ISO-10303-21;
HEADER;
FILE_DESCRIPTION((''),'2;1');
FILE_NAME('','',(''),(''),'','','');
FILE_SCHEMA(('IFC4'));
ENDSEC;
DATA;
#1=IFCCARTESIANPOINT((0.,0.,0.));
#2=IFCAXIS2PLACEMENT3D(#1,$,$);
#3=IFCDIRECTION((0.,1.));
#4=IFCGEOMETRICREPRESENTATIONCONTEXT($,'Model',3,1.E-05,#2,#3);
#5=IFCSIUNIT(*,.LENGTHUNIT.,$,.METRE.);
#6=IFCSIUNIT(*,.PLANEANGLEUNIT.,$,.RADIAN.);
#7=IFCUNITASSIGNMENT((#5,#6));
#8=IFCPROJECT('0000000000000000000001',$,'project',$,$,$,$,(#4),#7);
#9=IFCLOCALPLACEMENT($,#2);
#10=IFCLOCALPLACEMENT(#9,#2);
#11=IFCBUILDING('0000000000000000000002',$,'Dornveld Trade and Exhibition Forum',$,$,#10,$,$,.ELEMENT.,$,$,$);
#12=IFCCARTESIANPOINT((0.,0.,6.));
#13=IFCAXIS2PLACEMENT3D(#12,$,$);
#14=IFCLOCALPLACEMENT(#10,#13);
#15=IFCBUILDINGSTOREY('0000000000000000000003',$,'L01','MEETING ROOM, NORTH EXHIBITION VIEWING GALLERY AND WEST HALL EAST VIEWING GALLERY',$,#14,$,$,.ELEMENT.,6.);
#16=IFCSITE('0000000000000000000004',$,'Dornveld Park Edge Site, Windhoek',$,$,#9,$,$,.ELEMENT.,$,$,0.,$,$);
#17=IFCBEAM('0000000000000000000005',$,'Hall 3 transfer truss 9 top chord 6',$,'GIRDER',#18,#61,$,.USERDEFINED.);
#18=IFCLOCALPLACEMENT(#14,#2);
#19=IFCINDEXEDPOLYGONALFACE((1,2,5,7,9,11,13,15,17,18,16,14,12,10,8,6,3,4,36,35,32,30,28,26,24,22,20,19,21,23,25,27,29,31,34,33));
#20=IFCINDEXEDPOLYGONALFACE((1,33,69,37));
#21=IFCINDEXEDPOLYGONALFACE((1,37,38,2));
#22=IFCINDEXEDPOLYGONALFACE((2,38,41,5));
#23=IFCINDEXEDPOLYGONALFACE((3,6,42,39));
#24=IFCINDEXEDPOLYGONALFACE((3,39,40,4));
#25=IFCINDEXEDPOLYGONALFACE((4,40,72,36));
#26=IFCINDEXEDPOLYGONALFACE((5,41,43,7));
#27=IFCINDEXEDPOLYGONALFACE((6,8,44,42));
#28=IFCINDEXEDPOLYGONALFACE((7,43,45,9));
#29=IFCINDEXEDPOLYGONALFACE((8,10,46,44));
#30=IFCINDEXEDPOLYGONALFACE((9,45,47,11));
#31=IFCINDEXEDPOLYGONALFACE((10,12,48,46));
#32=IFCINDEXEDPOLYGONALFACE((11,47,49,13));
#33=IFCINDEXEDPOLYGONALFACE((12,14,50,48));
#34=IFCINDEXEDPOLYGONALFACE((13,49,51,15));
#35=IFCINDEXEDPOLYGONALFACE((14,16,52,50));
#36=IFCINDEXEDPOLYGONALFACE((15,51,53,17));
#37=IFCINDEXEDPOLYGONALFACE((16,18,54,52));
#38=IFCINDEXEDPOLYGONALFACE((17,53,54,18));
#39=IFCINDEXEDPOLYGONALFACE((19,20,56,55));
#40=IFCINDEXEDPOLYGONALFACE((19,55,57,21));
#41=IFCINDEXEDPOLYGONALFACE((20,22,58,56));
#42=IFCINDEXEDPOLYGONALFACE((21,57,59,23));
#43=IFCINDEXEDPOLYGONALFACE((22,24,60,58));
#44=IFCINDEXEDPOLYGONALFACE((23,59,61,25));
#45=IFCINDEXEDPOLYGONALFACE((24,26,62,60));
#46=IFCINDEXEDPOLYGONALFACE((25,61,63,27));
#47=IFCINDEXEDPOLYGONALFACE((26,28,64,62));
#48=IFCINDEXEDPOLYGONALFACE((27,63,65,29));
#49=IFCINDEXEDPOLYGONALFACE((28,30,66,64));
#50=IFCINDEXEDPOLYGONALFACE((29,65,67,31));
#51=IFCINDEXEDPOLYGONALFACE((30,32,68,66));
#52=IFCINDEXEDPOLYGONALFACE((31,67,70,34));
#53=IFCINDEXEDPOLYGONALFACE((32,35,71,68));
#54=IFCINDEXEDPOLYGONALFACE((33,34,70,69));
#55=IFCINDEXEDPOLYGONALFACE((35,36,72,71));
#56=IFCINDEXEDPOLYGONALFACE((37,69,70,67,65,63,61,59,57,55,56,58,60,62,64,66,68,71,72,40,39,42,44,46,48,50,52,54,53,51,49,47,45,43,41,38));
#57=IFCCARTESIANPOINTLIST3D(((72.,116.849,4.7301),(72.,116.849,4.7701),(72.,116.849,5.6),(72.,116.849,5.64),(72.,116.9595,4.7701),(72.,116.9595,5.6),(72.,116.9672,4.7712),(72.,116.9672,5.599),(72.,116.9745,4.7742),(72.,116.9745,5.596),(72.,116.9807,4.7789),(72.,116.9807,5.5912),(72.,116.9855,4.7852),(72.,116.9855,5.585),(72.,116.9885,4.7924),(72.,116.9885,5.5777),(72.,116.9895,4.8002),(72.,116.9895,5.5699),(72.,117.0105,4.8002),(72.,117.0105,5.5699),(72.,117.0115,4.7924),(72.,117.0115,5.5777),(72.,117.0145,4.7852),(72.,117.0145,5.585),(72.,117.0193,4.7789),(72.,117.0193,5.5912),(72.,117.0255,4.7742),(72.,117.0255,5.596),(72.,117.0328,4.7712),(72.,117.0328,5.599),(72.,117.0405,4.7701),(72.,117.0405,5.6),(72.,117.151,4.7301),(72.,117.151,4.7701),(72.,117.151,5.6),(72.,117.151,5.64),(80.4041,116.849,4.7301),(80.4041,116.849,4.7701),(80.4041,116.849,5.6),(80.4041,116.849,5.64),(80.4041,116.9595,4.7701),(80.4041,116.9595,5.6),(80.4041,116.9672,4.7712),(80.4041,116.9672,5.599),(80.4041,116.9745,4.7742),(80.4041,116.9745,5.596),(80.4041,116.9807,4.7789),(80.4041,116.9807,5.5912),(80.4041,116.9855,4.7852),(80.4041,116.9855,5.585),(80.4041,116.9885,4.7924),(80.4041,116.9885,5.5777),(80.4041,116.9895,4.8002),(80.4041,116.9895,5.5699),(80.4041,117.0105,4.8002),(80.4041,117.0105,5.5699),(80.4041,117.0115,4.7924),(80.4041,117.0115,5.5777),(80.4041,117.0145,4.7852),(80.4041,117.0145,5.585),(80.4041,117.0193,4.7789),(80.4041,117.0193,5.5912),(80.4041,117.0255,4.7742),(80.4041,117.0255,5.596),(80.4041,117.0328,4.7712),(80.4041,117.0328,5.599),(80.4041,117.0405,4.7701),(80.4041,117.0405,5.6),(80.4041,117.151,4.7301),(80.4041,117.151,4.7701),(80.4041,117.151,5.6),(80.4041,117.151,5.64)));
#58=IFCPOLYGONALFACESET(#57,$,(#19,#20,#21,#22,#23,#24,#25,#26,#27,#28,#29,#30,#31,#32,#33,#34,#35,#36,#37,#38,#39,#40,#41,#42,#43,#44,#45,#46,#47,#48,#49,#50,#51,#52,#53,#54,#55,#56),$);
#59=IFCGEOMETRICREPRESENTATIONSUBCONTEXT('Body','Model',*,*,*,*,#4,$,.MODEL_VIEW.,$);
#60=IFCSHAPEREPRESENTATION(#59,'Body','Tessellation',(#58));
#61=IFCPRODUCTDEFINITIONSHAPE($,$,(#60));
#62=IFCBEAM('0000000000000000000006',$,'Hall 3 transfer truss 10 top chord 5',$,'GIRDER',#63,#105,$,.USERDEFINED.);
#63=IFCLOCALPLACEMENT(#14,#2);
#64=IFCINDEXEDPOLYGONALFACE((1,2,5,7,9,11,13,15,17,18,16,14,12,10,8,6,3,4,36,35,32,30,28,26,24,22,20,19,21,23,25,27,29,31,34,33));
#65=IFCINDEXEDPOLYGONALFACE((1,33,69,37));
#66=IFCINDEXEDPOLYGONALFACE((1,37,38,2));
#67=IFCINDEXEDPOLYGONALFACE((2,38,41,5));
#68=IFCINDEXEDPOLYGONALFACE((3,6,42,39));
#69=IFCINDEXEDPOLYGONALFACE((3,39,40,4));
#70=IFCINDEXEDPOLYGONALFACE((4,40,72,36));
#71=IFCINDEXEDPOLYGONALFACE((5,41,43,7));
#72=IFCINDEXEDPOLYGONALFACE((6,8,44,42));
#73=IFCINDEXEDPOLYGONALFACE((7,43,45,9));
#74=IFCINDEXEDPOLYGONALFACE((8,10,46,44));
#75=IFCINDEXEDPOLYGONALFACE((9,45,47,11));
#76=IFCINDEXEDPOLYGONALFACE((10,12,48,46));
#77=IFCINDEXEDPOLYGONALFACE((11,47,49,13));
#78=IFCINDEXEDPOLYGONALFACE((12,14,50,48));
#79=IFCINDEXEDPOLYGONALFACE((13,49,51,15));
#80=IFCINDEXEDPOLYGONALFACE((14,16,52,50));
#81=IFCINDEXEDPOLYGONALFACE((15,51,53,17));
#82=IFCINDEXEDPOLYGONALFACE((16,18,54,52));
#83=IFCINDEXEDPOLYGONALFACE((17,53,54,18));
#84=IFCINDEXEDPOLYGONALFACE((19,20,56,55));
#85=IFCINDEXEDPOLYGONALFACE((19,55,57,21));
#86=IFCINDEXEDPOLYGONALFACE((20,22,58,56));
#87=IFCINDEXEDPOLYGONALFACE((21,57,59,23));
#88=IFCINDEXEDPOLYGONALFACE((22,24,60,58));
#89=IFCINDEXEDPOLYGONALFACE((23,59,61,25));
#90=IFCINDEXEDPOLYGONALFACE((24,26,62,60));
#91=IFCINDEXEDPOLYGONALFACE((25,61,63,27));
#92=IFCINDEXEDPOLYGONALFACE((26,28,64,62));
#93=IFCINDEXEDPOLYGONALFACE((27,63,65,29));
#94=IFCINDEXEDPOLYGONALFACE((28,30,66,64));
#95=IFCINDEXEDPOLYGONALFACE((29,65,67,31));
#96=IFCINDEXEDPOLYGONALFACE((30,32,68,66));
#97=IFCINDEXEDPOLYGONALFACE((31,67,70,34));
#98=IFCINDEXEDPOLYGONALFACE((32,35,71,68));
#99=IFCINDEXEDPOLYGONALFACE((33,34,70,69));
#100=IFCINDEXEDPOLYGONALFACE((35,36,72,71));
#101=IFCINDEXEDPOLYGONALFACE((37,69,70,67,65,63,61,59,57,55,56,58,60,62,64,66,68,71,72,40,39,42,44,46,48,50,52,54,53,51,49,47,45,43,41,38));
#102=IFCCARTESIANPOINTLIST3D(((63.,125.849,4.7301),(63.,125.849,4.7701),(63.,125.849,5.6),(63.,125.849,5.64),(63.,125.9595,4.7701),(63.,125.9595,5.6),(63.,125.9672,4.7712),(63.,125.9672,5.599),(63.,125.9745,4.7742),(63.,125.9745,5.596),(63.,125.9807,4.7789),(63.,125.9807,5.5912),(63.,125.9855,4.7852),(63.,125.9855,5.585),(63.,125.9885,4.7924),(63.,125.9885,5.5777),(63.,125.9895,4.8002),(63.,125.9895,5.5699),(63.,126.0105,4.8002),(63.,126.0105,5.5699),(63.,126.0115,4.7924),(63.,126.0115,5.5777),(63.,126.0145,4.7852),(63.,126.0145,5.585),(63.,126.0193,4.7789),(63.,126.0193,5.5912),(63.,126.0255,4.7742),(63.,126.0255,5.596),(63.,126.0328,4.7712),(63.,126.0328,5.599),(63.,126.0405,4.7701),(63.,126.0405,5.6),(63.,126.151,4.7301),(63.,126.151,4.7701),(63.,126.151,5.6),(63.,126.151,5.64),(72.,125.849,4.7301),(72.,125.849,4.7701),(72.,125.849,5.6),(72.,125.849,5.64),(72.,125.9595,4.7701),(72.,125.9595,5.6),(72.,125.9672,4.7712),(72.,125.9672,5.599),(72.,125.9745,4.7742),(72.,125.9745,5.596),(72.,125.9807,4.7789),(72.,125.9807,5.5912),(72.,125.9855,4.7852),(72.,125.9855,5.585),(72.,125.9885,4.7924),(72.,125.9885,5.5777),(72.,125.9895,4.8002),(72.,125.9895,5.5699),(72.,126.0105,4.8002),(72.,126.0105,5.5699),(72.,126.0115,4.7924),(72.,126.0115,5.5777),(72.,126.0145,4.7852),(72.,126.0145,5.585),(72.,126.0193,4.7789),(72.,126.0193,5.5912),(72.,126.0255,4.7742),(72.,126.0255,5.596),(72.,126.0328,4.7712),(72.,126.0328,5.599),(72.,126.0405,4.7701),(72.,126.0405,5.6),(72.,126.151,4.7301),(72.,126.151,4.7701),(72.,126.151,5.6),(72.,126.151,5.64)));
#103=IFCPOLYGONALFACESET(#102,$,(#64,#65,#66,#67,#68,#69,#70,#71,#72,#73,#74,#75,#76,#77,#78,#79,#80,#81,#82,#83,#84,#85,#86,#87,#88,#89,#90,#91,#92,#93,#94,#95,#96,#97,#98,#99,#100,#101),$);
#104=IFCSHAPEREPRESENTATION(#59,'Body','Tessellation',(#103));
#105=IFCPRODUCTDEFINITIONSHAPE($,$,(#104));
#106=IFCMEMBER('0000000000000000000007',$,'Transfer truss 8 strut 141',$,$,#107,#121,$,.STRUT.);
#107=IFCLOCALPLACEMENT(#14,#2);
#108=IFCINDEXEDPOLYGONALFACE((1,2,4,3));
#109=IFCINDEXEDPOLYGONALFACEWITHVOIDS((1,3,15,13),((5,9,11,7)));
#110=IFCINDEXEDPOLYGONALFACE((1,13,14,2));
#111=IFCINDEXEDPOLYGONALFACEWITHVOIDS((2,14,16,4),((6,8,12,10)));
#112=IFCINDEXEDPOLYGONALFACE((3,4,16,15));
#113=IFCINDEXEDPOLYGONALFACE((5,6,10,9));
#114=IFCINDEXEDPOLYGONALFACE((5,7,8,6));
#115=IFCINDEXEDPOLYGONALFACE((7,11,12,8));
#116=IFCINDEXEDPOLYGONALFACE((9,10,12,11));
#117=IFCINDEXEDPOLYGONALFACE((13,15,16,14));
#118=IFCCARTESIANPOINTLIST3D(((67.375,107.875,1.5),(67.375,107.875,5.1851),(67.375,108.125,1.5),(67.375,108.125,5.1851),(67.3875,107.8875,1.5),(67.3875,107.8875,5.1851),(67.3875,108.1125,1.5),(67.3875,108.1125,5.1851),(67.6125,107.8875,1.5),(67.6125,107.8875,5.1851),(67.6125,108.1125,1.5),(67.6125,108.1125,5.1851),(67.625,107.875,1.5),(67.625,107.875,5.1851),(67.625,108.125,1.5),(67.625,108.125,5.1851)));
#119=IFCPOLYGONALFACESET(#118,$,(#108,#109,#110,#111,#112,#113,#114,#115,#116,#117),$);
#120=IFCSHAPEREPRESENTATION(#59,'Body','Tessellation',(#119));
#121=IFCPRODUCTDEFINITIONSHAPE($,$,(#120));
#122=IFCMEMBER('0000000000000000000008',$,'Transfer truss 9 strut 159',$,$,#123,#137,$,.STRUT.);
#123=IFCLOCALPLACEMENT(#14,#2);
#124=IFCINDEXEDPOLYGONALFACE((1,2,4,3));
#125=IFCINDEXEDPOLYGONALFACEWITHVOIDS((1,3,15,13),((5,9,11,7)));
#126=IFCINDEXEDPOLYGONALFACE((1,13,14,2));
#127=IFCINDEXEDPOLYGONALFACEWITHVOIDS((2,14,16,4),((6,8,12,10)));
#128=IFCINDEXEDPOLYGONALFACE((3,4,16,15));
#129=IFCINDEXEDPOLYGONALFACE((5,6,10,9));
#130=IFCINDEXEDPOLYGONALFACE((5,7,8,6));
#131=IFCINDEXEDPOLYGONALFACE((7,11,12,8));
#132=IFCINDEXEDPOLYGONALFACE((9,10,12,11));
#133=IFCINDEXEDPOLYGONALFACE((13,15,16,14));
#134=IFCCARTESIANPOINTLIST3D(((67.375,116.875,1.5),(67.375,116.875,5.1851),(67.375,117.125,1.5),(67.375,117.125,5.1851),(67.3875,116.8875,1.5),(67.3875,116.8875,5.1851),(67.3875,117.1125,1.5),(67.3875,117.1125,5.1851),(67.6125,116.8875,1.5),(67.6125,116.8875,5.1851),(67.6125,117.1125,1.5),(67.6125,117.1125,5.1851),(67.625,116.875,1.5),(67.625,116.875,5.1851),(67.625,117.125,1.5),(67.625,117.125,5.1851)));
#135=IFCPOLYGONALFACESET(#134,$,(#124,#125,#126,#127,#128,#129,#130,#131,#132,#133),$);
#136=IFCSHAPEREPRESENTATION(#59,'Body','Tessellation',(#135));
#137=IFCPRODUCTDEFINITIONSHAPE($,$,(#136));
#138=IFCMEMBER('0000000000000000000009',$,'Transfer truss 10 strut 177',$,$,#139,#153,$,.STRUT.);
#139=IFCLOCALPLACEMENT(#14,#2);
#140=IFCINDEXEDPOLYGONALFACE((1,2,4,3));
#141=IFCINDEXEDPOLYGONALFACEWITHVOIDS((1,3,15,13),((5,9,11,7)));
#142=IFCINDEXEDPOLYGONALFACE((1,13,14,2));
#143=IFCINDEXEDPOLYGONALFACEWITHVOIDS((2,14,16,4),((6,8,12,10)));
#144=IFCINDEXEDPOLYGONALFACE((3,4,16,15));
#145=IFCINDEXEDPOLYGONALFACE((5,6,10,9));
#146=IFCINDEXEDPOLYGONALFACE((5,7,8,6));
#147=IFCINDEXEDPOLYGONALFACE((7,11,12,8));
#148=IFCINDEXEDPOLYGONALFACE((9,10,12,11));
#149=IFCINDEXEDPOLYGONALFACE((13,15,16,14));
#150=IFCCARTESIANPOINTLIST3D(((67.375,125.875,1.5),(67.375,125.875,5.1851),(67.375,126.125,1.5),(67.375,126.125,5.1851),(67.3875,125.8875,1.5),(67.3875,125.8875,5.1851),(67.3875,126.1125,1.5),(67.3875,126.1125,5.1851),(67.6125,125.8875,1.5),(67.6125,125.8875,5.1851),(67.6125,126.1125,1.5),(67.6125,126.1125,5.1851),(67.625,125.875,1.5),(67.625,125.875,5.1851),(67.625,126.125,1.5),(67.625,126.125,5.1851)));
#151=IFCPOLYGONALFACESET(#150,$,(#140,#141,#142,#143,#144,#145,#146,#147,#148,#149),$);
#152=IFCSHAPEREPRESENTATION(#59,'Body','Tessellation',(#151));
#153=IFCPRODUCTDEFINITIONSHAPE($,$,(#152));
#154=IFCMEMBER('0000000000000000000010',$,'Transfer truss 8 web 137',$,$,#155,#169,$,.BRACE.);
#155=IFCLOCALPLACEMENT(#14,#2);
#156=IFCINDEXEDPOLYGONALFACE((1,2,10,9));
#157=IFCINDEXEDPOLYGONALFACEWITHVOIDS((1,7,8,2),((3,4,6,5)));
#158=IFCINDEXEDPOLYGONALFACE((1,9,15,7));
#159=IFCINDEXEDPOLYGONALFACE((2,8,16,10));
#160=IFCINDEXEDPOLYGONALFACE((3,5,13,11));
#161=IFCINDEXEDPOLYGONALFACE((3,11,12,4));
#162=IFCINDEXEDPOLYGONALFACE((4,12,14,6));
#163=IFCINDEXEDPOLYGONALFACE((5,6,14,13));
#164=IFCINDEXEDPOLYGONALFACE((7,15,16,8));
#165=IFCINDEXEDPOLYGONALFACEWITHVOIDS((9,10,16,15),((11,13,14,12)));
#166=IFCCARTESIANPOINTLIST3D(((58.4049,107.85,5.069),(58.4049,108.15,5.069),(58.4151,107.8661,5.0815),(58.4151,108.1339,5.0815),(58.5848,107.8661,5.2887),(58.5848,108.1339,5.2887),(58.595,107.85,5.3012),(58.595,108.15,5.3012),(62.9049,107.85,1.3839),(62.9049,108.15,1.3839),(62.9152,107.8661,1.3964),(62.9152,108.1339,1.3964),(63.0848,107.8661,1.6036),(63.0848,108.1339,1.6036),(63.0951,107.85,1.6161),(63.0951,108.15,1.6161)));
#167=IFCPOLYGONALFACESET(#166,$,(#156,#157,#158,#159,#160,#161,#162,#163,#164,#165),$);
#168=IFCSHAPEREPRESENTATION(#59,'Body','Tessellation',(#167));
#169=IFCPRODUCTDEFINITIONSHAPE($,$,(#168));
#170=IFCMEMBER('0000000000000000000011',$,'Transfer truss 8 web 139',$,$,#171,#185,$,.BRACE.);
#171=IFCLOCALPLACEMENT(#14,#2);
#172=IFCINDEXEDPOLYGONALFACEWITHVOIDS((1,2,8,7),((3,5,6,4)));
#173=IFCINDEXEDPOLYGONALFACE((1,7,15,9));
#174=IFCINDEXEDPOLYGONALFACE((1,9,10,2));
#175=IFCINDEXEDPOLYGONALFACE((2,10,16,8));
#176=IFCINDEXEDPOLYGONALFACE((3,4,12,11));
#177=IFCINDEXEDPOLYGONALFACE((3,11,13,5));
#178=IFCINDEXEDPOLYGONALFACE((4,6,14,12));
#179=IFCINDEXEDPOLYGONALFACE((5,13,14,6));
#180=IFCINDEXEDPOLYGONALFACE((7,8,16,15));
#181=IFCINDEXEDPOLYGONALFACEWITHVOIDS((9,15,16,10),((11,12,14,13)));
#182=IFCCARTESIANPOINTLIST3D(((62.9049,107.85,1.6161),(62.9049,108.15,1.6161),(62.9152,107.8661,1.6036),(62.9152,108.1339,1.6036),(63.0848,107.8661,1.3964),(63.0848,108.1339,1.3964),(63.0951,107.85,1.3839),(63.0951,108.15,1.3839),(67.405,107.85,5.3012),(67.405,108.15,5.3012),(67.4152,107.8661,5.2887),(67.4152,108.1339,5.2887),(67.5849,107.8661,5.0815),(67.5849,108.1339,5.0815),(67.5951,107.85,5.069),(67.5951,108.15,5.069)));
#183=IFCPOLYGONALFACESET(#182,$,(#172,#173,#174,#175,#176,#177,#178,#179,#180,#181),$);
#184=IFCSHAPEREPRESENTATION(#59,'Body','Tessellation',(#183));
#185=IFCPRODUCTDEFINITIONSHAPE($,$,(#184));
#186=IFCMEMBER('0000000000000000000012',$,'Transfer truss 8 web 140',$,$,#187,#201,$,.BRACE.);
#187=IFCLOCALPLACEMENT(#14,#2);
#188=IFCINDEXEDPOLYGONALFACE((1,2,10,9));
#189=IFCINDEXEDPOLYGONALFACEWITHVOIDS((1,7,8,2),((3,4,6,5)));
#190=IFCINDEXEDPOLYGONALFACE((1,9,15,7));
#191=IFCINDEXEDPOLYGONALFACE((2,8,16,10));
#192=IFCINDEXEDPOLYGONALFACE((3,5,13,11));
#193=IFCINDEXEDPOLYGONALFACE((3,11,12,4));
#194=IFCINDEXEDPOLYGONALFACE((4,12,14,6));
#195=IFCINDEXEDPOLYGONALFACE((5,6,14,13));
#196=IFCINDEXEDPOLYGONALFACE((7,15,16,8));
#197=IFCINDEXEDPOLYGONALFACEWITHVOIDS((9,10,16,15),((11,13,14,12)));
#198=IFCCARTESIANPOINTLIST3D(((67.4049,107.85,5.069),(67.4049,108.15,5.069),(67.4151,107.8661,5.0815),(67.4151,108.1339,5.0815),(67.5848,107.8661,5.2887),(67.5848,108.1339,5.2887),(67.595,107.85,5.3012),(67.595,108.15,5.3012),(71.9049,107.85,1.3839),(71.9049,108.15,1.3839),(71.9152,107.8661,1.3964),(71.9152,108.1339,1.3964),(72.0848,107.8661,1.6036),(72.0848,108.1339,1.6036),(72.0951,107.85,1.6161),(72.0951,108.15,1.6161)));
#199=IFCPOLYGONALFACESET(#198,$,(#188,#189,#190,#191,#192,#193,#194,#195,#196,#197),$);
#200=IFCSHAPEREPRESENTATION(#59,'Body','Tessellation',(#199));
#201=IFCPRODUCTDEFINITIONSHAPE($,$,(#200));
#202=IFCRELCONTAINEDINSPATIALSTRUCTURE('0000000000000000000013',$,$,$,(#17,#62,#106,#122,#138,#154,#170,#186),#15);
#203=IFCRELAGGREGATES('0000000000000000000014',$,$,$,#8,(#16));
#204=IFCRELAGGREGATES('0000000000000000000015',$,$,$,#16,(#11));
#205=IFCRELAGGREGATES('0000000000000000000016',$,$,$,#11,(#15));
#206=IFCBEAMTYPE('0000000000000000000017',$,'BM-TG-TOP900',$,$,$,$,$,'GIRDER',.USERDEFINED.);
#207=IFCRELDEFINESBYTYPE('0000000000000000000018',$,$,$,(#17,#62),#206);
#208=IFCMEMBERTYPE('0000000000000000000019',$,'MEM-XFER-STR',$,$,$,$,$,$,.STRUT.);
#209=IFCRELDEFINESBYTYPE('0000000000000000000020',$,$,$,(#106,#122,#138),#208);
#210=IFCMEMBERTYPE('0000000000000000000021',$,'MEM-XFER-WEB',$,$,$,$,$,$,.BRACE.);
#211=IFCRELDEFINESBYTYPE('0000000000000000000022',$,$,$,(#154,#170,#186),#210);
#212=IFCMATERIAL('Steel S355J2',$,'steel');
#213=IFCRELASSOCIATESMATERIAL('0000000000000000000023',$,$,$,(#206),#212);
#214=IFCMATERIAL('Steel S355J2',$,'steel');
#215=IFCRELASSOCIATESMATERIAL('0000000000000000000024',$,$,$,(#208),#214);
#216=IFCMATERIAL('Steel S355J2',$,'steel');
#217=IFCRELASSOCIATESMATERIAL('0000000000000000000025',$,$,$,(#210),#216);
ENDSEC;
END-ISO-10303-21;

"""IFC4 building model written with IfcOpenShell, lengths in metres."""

from ifc_helpers import new_model, si_unit, direction, frame, origin, origin_2d, place, context, subcontext, project, spatial, hollow_rectangle, i_section, extrude, material, material_profile, profile_set, type_object, element, save


model = new_model("IFC4")

# Units and contexts
model_context = context("Model", 3, precision=1e-05, world=origin(), true_north=direction((0.0, 1.0)))
body_context = subcontext(model_context, "Body", "Model", "MODEL_VIEW")
ifc_project = project(units=[si_unit("LENGTHUNIT", "METRE"), si_unit("PLANEANGLEUNIT", "RADIAN")], contexts=[model_context])

# Site, building, storey
site_placement = place(None, origin())
site = spatial("IfcSite", under=ifc_project, at=site_placement, Name="Dornveld Park Edge Site, Windhoek", CompositionType="ELEMENT", RefElevation=0.0)
building_placement = place(site_placement, origin())
building = spatial("IfcBuilding", under=site, at=building_placement, Name="Dornveld Trade and Exhibition Forum", CompositionType="ELEMENT")
storey_placement = place(building_placement, frame((0.0, 0.0, 6.0)))
storey = spatial("IfcBuildingStorey", under=building, at=storey_placement, Name="L01", Description="MEETING ROOM, NORTH EXHIBITION VIEWING GALLERY AND WEST HALL EAST VIEWING GALLERY", CompositionType="ELEMENT", Elevation=6.0)

# Beams
ifc_material_1 = material(Name="Steel S355J2", Category="steel")
ifc_material_profile_1 = material_profile(ifc_material_1, i_section(OverallWidth=0.302, OverallDepth=0.9099, WebThickness=0.021, FlangeThickness=0.04, FilletRadius=0.03, at=origin_2d()), Name="HEM 900")
ifc_profile_set_1 = profile_set([ifc_material_profile_1], Name="Steel S355J2")
beam_type_1 = type_object("IfcBeamType", Name="BM-TG-TOP900", ElementType="GIRDER", PredefinedType="USERDEFINED", material=ifc_profile_set_1)
beam_1_placement = place(storey_placement, frame((72.0, 117.0, 5.1851), z_axis=(1.0, 0.0, 0.0), x_axis=(0.0, 1.0, 0.0)))
element("IfcBeam", 1, at=beam_1_placement, inside=storey, type_object=beam_type_1, Name="Hall 3 transfer truss 9 top chord 6", ObjectType="GIRDER", PredefinedType="USERDEFINED", context=body_context, shape_type="SweptSolid", body=[
    extrude(i_section(OverallWidth=0.302, OverallDepth=0.9099, WebThickness=0.021, FlangeThickness=0.04, FilletRadius=0.03, at=origin_2d()), origin(), (0.0, 0.0, 1.0), 8.4041),
])
beam_2_placement = place(storey_placement, frame((63.0, 126.0, 5.1851), z_axis=(1.0, 0.0, 0.0), x_axis=(0.0, 1.0, 0.0)))
element("IfcBeam", 2, at=beam_2_placement, inside=storey, type_object=beam_type_1, Name="Hall 3 transfer truss 10 top chord 5", ObjectType="GIRDER", PredefinedType="USERDEFINED", context=body_context, shape_type="SweptSolid", body=[
    extrude(i_section(OverallWidth=0.302, OverallDepth=0.9099, WebThickness=0.021, FlangeThickness=0.04, FilletRadius=0.03, at=origin_2d()), origin(), (0.0, 0.0, 1.0), 9.0),
])

# Members
ifc_material_2 = material(Name="Steel S355J2", Category="steel")
ifc_material_profile_2 = material_profile(ifc_material_2, hollow_rectangle(XDim=0.25, YDim=0.25, WallThickness=0.0125, at=origin_2d()), Name="SHS 250x250x12.5")
ifc_profile_set_2 = profile_set([ifc_material_profile_2], Name="Steel S355J2")
member_type_1 = type_object("IfcMemberType", Name="MEM-XFER-STR", PredefinedType="STRUT", material=ifc_profile_set_2)
for number, where, z_axis, x_axis, name in (
    (3, (67.5, 108.0, 1.5), (0.0, 0.0, 1.0), (1.0, 0.0, 0.0), "Transfer truss 8 strut 141"),
    (4, (67.5, 117.0, 1.5), (0.0, 0.0, 1.0), (1.0, 0.0, 0.0), "Transfer truss 9 strut 159"),
    (5, (67.5, 126.0, 1.5), (0.0, 0.0, 1.0), (1.0, 0.0, 0.0), "Transfer truss 10 strut 177"),
):
    element("IfcMember", number, at=place(storey_placement, frame(where, z_axis=z_axis, x_axis=x_axis)), inside=storey, type_object=member_type_1, Name=name, PredefinedType="STRUT", context=body_context, shape_type="SweptSolid", body=[
        extrude(hollow_rectangle(XDim=0.25, YDim=0.25, WallThickness=0.0125, at=origin_2d()), origin(), (0.0, 0.0, 1.0), 3.6851),
    ])
ifc_material_3 = material(Name="Steel S355J2", Category="steel")
ifc_material_profile_3 = material_profile(ifc_material_3, hollow_rectangle(XDim=0.3, YDim=0.3, WallThickness=0.0161, at=origin_2d()), Name="SHS 300x300x16")
ifc_profile_set_3 = profile_set([ifc_material_profile_3], Name="Steel S355J2")
member_type_2 = type_object("IfcMemberType", Name="MEM-XFER-WEB", PredefinedType="BRACE", material=ifc_profile_set_3)
for number, where, z_axis, x_axis, name in (
    (6, (63.0, 108.0, 1.5), (-0.773684, 0.0, 0.633571), (0.0, -1.0, 0.0), "Transfer truss 8 web 137"),
    (7, (63.0, 108.0, 1.5), (0.773684, 0.0, 0.633571), (0.0, 1.0, 0.0), "Transfer truss 8 web 139"),
    (8, (72.0, 108.0, 1.5), (-0.773684, 0.0, 0.633571), (0.0, -1.0, 0.0), "Transfer truss 8 web 140"),
):
    element("IfcMember", number, at=place(storey_placement, frame(where, z_axis=z_axis, x_axis=x_axis)), inside=storey, type_object=member_type_2, Name=name, PredefinedType="BRACE", context=body_context, shape_type="SweptSolid", body=[
        extrude(hollow_rectangle(XDim=0.3, YDim=0.3, WallThickness=0.0161, at=origin_2d()), origin(), (0.0, 0.0, 1.0), 5.8164),
    ])

save(model, "model.ifc")
